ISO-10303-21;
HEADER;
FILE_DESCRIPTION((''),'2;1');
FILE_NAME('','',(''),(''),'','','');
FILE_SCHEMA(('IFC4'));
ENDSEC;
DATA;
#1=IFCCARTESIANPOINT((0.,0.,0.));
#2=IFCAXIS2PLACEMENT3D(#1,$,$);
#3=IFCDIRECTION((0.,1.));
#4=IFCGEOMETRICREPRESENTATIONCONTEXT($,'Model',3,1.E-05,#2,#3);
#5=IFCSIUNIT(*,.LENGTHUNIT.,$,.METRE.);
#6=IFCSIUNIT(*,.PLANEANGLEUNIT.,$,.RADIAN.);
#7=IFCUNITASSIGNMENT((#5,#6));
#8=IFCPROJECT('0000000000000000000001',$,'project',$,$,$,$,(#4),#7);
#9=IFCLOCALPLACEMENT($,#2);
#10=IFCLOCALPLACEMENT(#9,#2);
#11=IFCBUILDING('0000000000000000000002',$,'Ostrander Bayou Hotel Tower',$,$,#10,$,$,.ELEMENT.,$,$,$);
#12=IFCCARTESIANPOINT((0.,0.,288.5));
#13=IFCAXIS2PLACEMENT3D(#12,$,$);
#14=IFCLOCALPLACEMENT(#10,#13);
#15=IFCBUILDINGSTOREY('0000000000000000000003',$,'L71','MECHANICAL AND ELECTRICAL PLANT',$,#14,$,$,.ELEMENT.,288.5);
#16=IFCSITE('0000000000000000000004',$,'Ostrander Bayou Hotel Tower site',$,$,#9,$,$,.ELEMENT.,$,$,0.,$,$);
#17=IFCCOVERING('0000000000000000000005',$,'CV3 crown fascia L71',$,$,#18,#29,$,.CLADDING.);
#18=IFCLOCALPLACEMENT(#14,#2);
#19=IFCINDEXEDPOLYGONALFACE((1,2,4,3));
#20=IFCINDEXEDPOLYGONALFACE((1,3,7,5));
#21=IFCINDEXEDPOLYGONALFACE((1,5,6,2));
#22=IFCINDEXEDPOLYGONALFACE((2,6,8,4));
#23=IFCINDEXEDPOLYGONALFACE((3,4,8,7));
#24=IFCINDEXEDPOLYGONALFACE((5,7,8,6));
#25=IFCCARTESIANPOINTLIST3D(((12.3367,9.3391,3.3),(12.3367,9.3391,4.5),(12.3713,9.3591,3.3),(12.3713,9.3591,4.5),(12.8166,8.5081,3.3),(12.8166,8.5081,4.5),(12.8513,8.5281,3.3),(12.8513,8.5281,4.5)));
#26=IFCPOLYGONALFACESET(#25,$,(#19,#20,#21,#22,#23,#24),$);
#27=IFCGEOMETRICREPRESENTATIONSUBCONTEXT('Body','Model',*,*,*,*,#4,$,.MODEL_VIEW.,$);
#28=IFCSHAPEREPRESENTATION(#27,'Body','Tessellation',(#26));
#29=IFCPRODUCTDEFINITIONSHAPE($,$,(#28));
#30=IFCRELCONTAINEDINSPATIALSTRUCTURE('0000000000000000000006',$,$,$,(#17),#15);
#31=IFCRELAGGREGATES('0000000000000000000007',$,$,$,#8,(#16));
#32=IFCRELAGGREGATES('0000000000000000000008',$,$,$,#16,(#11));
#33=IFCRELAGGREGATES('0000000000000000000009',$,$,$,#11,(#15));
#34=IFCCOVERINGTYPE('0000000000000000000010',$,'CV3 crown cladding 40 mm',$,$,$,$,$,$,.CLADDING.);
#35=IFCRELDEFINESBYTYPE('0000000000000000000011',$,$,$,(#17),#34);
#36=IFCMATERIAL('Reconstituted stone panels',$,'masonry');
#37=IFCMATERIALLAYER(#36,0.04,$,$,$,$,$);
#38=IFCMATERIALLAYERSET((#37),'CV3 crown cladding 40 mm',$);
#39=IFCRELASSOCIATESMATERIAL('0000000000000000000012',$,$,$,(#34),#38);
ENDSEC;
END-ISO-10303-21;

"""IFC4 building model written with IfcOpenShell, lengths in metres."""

from ifc_helpers import new_model, si_unit, direction, frame, origin, place, context, subcontext, project, spatial, polyline, outline, extrude, material, layer, layer_set, type_object, element, save


model = new_model("IFC4")

# Units and contexts
model_context = context("Model", 3, precision=1e-05, world=origin(), true_north=direction((0.0, 1.0)))
body_context = subcontext(model_context, "Body", "Model", "MODEL_VIEW")
ifc_project = project(units=[si_unit("LENGTHUNIT", "METRE"), si_unit("PLANEANGLEUNIT", "RADIAN")], contexts=[model_context])

# Site, building, storey
site_placement = place(None, origin())
site = spatial("IfcSite", under=ifc_project, at=site_placement, Name="Ostrander Bayou Hotel Tower site", CompositionType="ELEMENT", RefElevation=0.0)
building_placement = place(site_placement, origin())
building = spatial("IfcBuilding", under=site, at=building_placement, Name="Ostrander Bayou Hotel Tower", CompositionType="ELEMENT")
storey_placement = place(building_placement, frame((0.0, 0.0, 288.5)))
storey = spatial("IfcBuildingStorey", under=building, at=storey_placement, Name="L71", Description="MECHANICAL AND ELECTRICAL PLANT", CompositionType="ELEMENT", Elevation=288.5)

# Covering
ifc_material_1 = material(Name="Reconstituted stone panels", Category="masonry")
ifc_layer_1 = layer(ifc_material_1, 0.04)
ifc_layer_set_1 = layer_set([ifc_layer_1], Name="CV3 crown cladding 40 mm")
covering_type = type_object("IfcCoveringType", Name="CV3 crown cladding 40 mm", PredefinedType="CLADDING", material=ifc_layer_set_1)
covering_1_placement = place(storey_placement, frame((12.8513, 8.5281, 3.3), z_axis=(0.865948, 0.500133, 0.0), x_axis=(-0.500133, 0.865948, 0.0)))
element("IfcCovering", 1, at=covering_1_placement, inside=storey, type_object=covering_type, Name="CV3 crown fascia L71", PredefinedType="CLADDING", context=body_context, shape_type="SweptSolid", body=[
    extrude(outline(polyline([(0.0, 0.0), (0.9597, 0.0), (0.9597, 1.2), (0.0, 1.2), (0.0, 0.0)])), origin(), (0.0, 0.0, -1.0), 0.04),
])

save(model, "model.ifc")
